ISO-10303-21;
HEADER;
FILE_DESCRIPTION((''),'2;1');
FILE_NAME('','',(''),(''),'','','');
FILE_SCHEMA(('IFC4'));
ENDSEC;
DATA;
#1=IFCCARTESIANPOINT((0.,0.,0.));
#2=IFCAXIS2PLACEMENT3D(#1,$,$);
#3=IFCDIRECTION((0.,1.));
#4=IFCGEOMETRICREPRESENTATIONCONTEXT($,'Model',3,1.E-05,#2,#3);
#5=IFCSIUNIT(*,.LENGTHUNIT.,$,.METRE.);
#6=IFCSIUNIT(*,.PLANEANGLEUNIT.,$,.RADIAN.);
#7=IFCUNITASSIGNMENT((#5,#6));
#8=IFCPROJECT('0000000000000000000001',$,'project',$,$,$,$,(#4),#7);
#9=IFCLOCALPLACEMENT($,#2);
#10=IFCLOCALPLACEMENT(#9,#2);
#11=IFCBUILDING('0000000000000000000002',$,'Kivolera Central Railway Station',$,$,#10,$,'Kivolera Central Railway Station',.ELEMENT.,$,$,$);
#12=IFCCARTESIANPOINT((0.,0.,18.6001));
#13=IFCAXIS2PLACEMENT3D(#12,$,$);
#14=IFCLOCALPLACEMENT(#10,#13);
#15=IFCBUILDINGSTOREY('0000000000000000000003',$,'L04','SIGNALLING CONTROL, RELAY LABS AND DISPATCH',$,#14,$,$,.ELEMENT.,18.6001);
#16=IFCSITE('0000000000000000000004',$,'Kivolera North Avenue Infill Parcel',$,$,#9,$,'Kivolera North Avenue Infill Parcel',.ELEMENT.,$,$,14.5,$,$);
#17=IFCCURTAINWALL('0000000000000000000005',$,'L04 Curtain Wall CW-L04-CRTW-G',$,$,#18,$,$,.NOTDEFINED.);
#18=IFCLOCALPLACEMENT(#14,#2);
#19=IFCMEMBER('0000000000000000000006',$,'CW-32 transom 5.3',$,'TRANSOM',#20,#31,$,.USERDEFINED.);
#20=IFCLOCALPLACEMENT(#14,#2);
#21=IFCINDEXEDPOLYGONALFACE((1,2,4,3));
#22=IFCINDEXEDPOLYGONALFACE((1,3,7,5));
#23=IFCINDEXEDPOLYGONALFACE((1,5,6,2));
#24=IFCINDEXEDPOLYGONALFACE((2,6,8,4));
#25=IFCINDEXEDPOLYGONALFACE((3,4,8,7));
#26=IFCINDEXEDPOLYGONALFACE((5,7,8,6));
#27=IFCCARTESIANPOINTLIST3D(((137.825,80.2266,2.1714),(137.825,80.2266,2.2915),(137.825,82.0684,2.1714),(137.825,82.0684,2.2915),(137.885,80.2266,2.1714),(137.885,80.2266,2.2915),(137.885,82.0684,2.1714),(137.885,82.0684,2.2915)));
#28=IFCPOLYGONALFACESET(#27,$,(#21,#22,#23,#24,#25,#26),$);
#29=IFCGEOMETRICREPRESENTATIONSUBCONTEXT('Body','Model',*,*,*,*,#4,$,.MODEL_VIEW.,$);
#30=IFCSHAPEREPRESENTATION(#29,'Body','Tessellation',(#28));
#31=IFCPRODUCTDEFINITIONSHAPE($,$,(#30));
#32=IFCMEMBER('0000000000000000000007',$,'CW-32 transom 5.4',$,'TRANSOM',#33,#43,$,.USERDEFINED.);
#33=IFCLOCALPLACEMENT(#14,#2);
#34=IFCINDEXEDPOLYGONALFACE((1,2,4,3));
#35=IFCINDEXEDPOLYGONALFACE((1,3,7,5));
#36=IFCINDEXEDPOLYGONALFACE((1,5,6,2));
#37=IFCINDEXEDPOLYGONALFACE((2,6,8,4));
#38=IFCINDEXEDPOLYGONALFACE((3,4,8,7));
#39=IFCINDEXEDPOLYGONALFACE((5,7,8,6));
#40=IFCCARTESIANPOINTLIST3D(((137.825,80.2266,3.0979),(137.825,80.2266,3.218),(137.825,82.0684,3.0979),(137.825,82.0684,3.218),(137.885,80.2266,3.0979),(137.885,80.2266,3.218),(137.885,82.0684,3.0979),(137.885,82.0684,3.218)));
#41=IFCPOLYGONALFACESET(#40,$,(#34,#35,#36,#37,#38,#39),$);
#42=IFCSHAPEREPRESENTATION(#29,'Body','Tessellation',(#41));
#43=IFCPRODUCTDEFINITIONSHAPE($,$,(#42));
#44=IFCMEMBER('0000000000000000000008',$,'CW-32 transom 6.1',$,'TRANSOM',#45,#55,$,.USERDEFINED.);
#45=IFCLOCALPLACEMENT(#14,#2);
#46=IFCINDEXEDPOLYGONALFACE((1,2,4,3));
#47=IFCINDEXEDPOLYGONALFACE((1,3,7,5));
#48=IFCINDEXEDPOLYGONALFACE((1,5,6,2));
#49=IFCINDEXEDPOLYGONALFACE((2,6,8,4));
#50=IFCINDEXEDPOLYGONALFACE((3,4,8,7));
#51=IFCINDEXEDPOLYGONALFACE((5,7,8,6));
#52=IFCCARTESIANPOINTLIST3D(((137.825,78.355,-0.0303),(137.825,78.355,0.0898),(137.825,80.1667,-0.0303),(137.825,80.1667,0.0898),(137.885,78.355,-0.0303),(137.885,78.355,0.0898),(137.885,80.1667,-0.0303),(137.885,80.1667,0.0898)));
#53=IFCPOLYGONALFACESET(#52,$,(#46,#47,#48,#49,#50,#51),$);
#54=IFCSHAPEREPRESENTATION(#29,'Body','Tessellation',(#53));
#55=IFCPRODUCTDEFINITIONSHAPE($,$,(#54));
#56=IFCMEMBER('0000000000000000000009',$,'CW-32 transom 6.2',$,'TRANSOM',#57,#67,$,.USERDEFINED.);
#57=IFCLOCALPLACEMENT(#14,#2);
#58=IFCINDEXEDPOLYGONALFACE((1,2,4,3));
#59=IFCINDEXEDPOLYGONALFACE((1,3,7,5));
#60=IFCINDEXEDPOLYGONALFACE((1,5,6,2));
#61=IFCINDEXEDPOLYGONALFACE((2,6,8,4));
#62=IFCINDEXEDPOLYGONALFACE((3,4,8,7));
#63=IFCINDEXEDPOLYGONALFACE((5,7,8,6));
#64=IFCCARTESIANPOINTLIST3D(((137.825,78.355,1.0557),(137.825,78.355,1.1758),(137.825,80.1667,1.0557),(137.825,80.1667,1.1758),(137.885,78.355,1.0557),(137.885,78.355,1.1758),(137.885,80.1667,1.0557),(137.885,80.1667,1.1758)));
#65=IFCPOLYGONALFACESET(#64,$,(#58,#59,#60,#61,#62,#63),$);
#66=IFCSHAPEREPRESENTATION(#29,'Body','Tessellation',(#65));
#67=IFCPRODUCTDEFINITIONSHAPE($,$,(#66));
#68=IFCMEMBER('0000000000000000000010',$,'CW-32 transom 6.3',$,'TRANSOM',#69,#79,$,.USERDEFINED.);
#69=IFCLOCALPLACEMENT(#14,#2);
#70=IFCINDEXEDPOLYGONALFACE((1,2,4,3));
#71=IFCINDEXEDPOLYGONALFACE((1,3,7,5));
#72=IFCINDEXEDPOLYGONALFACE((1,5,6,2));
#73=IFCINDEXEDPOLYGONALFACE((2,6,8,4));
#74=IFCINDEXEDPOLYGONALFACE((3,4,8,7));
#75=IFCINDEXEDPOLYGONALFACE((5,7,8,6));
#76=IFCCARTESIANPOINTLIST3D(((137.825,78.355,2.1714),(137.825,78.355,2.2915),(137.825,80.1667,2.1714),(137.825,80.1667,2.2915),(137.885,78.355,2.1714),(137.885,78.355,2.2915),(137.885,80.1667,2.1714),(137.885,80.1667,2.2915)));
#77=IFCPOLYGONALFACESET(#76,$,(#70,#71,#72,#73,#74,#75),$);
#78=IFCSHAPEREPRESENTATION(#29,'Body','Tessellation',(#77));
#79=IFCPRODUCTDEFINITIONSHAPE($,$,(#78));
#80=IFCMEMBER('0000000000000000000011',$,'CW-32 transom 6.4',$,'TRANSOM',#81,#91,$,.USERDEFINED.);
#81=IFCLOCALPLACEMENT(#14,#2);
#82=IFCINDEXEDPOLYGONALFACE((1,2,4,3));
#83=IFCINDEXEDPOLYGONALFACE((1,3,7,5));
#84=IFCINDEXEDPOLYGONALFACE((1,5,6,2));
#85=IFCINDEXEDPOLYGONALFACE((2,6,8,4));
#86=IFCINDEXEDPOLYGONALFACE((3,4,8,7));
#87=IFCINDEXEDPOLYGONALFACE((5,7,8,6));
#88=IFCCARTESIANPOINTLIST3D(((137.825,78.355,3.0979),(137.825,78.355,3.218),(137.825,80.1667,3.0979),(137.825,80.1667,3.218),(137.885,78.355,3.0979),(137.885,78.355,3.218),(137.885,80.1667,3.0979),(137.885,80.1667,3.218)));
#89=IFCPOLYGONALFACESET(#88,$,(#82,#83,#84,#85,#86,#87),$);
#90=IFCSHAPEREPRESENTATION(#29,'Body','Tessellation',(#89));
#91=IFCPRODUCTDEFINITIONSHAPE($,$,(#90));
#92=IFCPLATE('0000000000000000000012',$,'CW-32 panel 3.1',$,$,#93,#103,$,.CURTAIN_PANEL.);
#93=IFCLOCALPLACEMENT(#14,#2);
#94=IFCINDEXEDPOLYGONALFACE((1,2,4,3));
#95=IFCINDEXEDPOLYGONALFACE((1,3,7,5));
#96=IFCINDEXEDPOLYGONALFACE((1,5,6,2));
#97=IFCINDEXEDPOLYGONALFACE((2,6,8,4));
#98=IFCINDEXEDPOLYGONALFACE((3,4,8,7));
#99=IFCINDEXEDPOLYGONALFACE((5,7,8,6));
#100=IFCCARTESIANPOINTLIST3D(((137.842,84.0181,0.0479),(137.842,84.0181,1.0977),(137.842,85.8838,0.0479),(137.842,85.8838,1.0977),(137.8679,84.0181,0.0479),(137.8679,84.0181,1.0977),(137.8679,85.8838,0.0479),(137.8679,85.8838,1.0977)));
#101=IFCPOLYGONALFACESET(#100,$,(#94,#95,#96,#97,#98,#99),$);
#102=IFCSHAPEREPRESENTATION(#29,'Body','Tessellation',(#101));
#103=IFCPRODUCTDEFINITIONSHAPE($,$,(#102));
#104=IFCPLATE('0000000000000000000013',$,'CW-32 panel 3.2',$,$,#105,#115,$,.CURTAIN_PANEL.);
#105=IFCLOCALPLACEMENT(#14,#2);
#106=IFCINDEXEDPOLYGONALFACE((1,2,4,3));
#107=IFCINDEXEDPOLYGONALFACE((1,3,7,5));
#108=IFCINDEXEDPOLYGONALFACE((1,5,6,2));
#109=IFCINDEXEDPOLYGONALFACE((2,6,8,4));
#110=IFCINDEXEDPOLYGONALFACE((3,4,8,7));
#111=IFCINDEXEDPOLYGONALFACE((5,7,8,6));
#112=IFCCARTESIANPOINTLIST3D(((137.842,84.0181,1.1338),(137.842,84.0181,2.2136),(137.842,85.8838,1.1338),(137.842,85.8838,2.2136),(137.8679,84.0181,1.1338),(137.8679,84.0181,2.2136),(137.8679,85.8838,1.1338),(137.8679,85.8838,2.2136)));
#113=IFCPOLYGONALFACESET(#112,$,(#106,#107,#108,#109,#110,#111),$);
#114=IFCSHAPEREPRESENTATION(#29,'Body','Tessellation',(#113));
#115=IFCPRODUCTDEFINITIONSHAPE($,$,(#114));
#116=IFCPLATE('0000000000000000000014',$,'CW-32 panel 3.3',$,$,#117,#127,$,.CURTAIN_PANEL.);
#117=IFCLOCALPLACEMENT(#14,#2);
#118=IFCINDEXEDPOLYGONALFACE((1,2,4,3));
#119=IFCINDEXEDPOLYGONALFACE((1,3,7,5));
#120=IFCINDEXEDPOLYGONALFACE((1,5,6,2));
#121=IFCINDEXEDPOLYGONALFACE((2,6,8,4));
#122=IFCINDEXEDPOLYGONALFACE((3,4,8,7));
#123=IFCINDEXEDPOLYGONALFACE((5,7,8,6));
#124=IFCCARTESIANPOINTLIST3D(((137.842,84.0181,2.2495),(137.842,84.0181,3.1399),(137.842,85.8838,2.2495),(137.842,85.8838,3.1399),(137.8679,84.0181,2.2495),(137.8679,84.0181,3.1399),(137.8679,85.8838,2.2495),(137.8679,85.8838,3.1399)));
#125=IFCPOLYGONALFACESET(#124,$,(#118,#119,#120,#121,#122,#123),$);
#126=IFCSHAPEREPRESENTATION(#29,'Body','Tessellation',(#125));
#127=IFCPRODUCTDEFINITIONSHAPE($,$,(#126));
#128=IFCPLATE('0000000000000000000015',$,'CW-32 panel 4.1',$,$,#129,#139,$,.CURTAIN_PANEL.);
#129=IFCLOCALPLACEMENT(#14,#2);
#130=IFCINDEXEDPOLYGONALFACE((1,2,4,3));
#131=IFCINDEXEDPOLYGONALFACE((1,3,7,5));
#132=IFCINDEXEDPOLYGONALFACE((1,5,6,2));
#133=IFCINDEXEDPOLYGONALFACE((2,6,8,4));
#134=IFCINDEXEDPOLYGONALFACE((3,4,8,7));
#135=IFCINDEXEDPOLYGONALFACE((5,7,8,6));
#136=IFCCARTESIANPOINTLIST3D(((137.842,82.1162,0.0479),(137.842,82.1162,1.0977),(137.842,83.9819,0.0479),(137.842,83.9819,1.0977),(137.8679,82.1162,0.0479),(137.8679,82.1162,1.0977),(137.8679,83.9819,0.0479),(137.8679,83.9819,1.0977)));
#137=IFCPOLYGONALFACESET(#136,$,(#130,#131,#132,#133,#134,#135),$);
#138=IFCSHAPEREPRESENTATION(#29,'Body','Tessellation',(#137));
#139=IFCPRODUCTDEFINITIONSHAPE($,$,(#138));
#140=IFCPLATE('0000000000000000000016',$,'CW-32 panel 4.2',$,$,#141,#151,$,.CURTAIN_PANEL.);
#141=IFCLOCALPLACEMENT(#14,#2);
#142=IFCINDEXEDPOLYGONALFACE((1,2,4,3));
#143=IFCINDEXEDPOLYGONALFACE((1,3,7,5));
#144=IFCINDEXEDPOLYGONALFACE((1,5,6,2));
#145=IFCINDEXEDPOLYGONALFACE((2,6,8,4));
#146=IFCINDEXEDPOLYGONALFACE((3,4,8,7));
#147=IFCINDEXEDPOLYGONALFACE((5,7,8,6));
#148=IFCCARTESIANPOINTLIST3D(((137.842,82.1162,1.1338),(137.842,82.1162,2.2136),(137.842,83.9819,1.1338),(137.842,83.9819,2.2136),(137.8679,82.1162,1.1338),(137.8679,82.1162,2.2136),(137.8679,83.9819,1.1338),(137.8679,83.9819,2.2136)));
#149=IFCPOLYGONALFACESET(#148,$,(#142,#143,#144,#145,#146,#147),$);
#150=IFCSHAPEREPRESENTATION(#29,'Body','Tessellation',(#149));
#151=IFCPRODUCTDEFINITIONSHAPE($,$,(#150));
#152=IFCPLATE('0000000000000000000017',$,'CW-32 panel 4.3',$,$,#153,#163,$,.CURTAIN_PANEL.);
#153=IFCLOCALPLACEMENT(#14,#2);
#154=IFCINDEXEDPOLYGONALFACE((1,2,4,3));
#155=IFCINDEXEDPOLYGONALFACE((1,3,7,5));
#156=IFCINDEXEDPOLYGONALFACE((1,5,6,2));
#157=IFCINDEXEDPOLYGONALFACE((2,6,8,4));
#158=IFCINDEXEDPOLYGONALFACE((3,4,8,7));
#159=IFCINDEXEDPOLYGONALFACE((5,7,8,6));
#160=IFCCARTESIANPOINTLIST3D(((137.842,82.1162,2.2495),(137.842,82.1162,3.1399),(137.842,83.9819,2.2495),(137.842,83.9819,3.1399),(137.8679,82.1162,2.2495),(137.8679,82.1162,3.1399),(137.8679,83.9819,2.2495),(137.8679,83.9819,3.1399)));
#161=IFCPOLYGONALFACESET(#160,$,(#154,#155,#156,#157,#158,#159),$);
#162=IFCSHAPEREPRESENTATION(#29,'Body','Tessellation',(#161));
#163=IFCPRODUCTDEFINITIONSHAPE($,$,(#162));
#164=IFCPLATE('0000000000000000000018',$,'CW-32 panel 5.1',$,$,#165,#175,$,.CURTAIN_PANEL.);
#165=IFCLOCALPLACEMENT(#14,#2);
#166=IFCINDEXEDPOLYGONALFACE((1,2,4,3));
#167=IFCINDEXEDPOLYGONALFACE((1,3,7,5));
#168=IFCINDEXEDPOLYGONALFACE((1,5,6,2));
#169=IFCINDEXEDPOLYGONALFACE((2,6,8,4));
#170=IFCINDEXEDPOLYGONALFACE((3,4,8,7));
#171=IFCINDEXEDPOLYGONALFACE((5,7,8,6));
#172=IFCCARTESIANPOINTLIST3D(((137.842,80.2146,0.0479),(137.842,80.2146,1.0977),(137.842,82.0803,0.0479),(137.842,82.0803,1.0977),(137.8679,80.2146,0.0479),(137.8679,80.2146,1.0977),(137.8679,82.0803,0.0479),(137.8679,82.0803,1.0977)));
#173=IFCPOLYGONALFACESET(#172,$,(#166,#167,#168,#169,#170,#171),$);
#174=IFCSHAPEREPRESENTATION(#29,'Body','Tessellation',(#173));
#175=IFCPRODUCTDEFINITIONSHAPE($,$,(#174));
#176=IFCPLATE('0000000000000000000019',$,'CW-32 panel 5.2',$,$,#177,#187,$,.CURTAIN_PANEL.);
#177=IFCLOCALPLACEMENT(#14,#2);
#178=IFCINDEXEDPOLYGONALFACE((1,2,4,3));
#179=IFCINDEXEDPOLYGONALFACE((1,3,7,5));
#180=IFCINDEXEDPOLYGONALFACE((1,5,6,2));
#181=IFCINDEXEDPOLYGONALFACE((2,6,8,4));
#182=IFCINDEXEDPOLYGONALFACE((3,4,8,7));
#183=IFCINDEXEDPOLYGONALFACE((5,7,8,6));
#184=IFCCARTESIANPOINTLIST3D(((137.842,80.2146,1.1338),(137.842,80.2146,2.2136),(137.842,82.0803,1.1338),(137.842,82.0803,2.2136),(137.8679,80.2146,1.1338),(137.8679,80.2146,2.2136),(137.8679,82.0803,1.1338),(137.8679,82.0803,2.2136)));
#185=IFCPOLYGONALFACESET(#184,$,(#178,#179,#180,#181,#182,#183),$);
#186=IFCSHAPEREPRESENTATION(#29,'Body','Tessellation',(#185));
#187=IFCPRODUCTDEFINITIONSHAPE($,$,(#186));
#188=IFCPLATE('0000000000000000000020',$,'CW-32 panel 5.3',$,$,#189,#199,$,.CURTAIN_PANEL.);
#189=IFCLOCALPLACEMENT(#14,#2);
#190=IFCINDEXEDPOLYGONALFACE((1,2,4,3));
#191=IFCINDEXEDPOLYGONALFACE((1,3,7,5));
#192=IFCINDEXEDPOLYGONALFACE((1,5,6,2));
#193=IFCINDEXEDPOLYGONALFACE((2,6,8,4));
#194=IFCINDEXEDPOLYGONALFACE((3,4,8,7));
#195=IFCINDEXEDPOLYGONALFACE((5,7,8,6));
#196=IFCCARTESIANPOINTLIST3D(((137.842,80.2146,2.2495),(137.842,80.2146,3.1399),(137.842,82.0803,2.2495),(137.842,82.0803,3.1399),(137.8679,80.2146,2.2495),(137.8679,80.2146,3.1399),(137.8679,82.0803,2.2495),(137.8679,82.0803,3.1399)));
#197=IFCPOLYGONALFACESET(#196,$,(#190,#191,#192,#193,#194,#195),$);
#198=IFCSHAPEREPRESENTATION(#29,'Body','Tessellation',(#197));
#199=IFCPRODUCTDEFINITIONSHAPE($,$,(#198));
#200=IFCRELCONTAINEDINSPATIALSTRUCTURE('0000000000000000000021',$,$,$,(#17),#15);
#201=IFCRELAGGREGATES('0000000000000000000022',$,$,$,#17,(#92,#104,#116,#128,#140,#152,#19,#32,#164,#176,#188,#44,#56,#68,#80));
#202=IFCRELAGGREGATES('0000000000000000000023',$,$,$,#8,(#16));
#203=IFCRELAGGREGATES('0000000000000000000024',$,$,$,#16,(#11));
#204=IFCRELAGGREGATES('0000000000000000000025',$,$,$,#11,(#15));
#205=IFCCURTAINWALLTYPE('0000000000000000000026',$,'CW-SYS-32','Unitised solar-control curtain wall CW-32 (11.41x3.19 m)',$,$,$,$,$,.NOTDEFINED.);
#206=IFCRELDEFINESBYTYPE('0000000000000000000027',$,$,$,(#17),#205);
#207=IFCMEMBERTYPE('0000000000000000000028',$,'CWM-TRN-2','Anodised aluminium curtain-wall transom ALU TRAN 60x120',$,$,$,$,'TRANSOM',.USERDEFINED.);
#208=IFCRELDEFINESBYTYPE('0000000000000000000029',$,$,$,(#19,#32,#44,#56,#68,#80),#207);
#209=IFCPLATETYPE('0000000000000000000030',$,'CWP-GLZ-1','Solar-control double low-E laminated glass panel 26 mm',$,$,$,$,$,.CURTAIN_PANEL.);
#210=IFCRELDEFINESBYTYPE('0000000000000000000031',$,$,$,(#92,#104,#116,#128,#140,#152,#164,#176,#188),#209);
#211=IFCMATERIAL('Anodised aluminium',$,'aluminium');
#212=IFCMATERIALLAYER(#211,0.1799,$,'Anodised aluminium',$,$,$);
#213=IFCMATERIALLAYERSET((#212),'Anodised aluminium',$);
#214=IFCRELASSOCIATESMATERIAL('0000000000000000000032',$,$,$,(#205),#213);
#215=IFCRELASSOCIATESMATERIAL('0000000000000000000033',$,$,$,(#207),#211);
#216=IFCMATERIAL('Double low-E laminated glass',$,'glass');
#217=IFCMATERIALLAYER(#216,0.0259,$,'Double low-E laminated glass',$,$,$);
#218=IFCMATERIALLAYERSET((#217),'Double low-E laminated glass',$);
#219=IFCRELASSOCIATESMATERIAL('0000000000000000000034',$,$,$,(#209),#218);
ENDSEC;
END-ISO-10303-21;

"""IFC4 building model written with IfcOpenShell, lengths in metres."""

from ifc_helpers import new_model, si_unit, direction, frame, origin, origin_2d, place, context, subcontext, project, spatial, rectangle, extrude, material, layer, layer_set, material_profile, profile_set, type_object, element, aggregate, save


model = new_model("IFC4")

# Units and contexts
model_context = context("Model", 3, precision=1e-05, world=origin(), true_north=direction((0.0, 1.0)))
body_context = subcontext(model_context, "Body", "Model", "MODEL_VIEW")
ifc_project = project(units=[si_unit("LENGTHUNIT", "METRE"), si_unit("PLANEANGLEUNIT", "RADIAN")], contexts=[model_context])

# Site, building, storey
site_placement = place(None, origin())
site = spatial("IfcSite", under=ifc_project, at=site_placement, Name="Kivolera North Avenue Infill Parcel", LongName="Kivolera North Avenue Infill Parcel", CompositionType="ELEMENT", RefElevation=14.5)
building_placement = place(site_placement, origin())
building = spatial("IfcBuilding", under=site, at=building_placement, Name="Kivolera Central Railway Station", LongName="Kivolera Central Railway Station", CompositionType="ELEMENT")
storey_placement = place(building_placement, frame((0.0, 0.0, 18.6001)))
storey = spatial("IfcBuildingStorey", under=building, at=storey_placement, Name="L04", Description="SIGNALLING CONTROL, RELAY LABS AND DISPATCH", CompositionType="ELEMENT", Elevation=18.6001)

# Curtain wall, members, plates
ifc_material_1 = material(Name="Anodised aluminium", Category="aluminium")
ifc_layer_1 = layer(ifc_material_1, 0.1799, Name="Anodised aluminium")
ifc_layer_set_1 = layer_set([ifc_layer_1], Name="Anodised aluminium")
curtain_wall_type = type_object("IfcCurtainWallType", Name="CW-SYS-32", Description="Unitised solar-control curtain wall CW-32 (11.41x3.19 m)", PredefinedType="NOTDEFINED", material=ifc_layer_set_1)
curtain_wall_placement = place(storey_placement, origin())
curtain_wall = element("IfcCurtainWall", 1, at=curtain_wall_placement, inside=storey, type_object=curtain_wall_type, Name="L04 Curtain Wall CW-L04-CRTW-G", PredefinedType="NOTDEFINED")
ifc_material_profile_1 = material_profile(ifc_material_1, rectangle(XDim=0.0601, YDim=0.1201, at=origin_2d()), Name="ALU TRAN 60x120")
ifc_profile_set_1 = profile_set([ifc_material_profile_1], Name="Anodised aluminium")
member_type_1 = type_object("IfcMemberType", Name="CWM-TRN-2", Description="Anodised aluminium curtain-wall transom ALU TRAN 60x120", ElementType="TRANSOM", PredefinedType="USERDEFINED", material=ifc_profile_set_1)
member_1_placement = place(storey_placement, frame((137.855, 82.0684, 2.2314), z_axis=(0.0, -1.0, 0.0), x_axis=(1.0, 0.0, 0.0)))
member_1 = element("IfcMember", 2, at=member_1_placement, type_object=member_type_1, Name="CW-32 transom 5.3", ObjectType="TRANSOM", PredefinedType="USERDEFINED", context=body_context, shape_type="SweptSolid", body=[
    extrude(rectangle(XDim=0.0601, YDim=0.1201, at=origin_2d()), origin(), (0.0, 0.0, 1.0), 1.8418),
])
member_2_placement = place(storey_placement, frame((137.855, 82.0684, 3.158), z_axis=(0.0, -1.0, 0.0), x_axis=(1.0, 0.0, 0.0)))
member_2 = element("IfcMember", 3, at=member_2_placement, type_object=member_type_1, Name="CW-32 transom 5.4", ObjectType="TRANSOM", PredefinedType="USERDEFINED", context=body_context, shape_type="SweptSolid", body=[
    extrude(rectangle(XDim=0.0601, YDim=0.1201, at=origin_2d()), origin(), (0.0, 0.0, 1.0), 1.8418),
])
member_3_placement = place(storey_placement, frame((137.855, 80.1667, 0.0298), z_axis=(0.0, -1.0, 0.0), x_axis=(1.0, 0.0, 0.0)))
member_3 = element("IfcMember", 4, at=member_3_placement, type_object=member_type_1, Name="CW-32 transom 6.1", ObjectType="TRANSOM", PredefinedType="USERDEFINED", context=body_context, shape_type="SweptSolid", body=[
    extrude(rectangle(XDim=0.0601, YDim=0.1201, at=origin_2d()), origin(), (0.0, 0.0, 1.0), 1.8118),
])
member_4_placement = place(storey_placement, frame((137.855, 80.1667, 1.1157), z_axis=(0.0, -1.0, 0.0), x_axis=(1.0, 0.0, 0.0)))
member_4 = element("IfcMember", 5, at=member_4_placement, type_object=member_type_1, Name="CW-32 transom 6.2", ObjectType="TRANSOM", PredefinedType="USERDEFINED", context=body_context, shape_type="SweptSolid", body=[
    extrude(rectangle(XDim=0.0601, YDim=0.1201, at=origin_2d()), origin(), (0.0, 0.0, 1.0), 1.8118),
])
member_5_placement = place(storey_placement, frame((137.855, 80.1667, 2.2314), z_axis=(0.0, -1.0, 0.0), x_axis=(1.0, 0.0, 0.0)))
member_5 = element("IfcMember", 6, at=member_5_placement, type_object=member_type_1, Name="CW-32 transom 6.3", ObjectType="TRANSOM", PredefinedType="USERDEFINED", context=body_context, shape_type="SweptSolid", body=[
    extrude(rectangle(XDim=0.0601, YDim=0.1201, at=origin_2d()), origin(), (0.0, 0.0, 1.0), 1.8118),
])
member_6_placement = place(storey_placement, frame((137.855, 80.1667, 3.158), z_axis=(0.0, -1.0, 0.0), x_axis=(1.0, 0.0, 0.0)))
member_6 = element("IfcMember", 7, at=member_6_placement, type_object=member_type_1, Name="CW-32 transom 6.4", ObjectType="TRANSOM", PredefinedType="USERDEFINED", context=body_context, shape_type="SweptSolid", body=[
    extrude(rectangle(XDim=0.0601, YDim=0.1201, at=origin_2d()), origin(), (0.0, 0.0, 1.0), 1.8118),
])
ifc_material_2 = material(Name="Double low-E laminated glass", Category="glass")
ifc_layer_2 = layer(ifc_material_2, 0.0259, Name="Double low-E laminated glass")
ifc_layer_set_2 = layer_set([ifc_layer_2], Name="Double low-E laminated glass")
plate_type = type_object("IfcPlateType", Name="CWP-GLZ-1", Description="Solar-control double low-E laminated glass panel 26 mm", PredefinedType="CURTAIN_PANEL", material=ifc_layer_set_2)
plate_1_placement = place(storey_placement, frame((137.855, 84.9509, 0.0479), z_axis=(0.0, 0.0, 1.0), x_axis=(0.0, -1.0, 0.0)))
plate_1 = element("IfcPlate", 8, at=plate_1_placement, type_object=plate_type, Name="CW-32 panel 3.1", PredefinedType="CURTAIN_PANEL", context=body_context, shape_type="SweptSolid", body=[
    extrude(rectangle(XDim=1.8657, YDim=0.0259, at=origin_2d()), origin(), (0.0, 0.0, 1.0), 1.0498),
])
plate_2_placement = place(storey_placement, frame((137.855, 84.9509, 1.1338), z_axis=(0.0, 0.0, 1.0), x_axis=(0.0, -1.0, 0.0)))
plate_2 = element("IfcPlate", 9, at=plate_2_placement, type_object=plate_type, Name="CW-32 panel 3.2", PredefinedType="CURTAIN_PANEL", context=body_context, shape_type="SweptSolid", body=[
    extrude(rectangle(XDim=1.8657, YDim=0.0259, at=origin_2d()), origin(), (0.0, 0.0, 1.0), 1.0798),
])
plate_3_placement = place(storey_placement, frame((137.855, 84.9509, 2.2495), z_axis=(0.0, 0.0, 1.0), x_axis=(0.0, -1.0, 0.0)))
plate_3 = element("IfcPlate", 10, at=plate_3_placement, type_object=plate_type, Name="CW-32 panel 3.3", PredefinedType="CURTAIN_PANEL", context=body_context, shape_type="SweptSolid", body=[
    extrude(rectangle(XDim=1.8657, YDim=0.0259, at=origin_2d()), origin(), (0.0, 0.0, 1.0), 0.8904),
])
plate_4_placement = place(storey_placement, frame((137.855, 83.0491, 0.0479), z_axis=(0.0, 0.0, 1.0), x_axis=(0.0, -1.0, 0.0)))
plate_4 = element("IfcPlate", 11, at=plate_4_placement, type_object=plate_type, Name="CW-32 panel 4.1", PredefinedType="CURTAIN_PANEL", context=body_context, shape_type="SweptSolid", body=[
    extrude(rectangle(XDim=1.8657, YDim=0.0259, at=origin_2d()), origin(), (0.0, 0.0, 1.0), 1.0498),
])
plate_5_placement = place(storey_placement, frame((137.855, 83.0491, 1.1338), z_axis=(0.0, 0.0, 1.0), x_axis=(0.0, -1.0, 0.0)))
plate_5 = element("IfcPlate", 12, at=plate_5_placement, type_object=plate_type, Name="CW-32 panel 4.2", PredefinedType="CURTAIN_PANEL", context=body_context, shape_type="SweptSolid", body=[
    extrude(rectangle(XDim=1.8657, YDim=0.0259, at=origin_2d()), origin(), (0.0, 0.0, 1.0), 1.0798),
])
plate_6_placement = place(storey_placement, frame((137.855, 83.0491, 2.2495), z_axis=(0.0, 0.0, 1.0), x_axis=(0.0, -1.0, 0.0)))
plate_6 = element("IfcPlate", 13, at=plate_6_placement, type_object=plate_type, Name="CW-32 panel 4.3", PredefinedType="CURTAIN_PANEL", context=body_context, shape_type="SweptSolid", body=[
    extrude(rectangle(XDim=1.8657, YDim=0.0259, at=origin_2d()), origin(), (0.0, 0.0, 1.0), 0.8904),
])
plate_7_placement = place(storey_placement, frame((137.855, 81.1475, 0.0479), z_axis=(0.0, 0.0, 1.0), x_axis=(0.0, -1.0, 0.0)))
plate_7 = element("IfcPlate", 14, at=plate_7_placement, type_object=plate_type, Name="CW-32 panel 5.1", PredefinedType="CURTAIN_PANEL", context=body_context, shape_type="SweptSolid", body=[
    extrude(rectangle(XDim=1.8657, YDim=0.0259, at=origin_2d()), origin(), (0.0, 0.0, 1.0), 1.0498),
])
plate_8_placement = place(storey_placement, frame((137.855, 81.1475, 1.1338), z_axis=(0.0, 0.0, 1.0), x_axis=(0.0, -1.0, 0.0)))
plate_8 = element("IfcPlate", 15, at=plate_8_placement, type_object=plate_type, Name="CW-32 panel 5.2", PredefinedType="CURTAIN_PANEL", context=body_context, shape_type="SweptSolid", body=[
    extrude(rectangle(XDim=1.8657, YDim=0.0259, at=origin_2d()), origin(), (0.0, 0.0, 1.0), 1.0798),
])
plate_9_placement = place(storey_placement, frame((137.855, 81.1475, 2.2495), z_axis=(0.0, 0.0, 1.0), x_axis=(0.0, -1.0, 0.0)))
plate_9 = element("IfcPlate", 16, at=plate_9_placement, type_object=plate_type, Name="CW-32 panel 5.3", PredefinedType="CURTAIN_PANEL", context=body_context, shape_type="SweptSolid", body=[
    extrude(rectangle(XDim=1.8657, YDim=0.0259, at=origin_2d()), origin(), (0.0, 0.0, 1.0), 0.8904),
])
aggregate(curtain_wall, [plate_1, plate_2, plate_3, plate_4, plate_5, plate_6, member_1, member_2, plate_7, plate_8, plate_9, member_3, member_4, member_5, member_6])

save(model, "model.ifc")
